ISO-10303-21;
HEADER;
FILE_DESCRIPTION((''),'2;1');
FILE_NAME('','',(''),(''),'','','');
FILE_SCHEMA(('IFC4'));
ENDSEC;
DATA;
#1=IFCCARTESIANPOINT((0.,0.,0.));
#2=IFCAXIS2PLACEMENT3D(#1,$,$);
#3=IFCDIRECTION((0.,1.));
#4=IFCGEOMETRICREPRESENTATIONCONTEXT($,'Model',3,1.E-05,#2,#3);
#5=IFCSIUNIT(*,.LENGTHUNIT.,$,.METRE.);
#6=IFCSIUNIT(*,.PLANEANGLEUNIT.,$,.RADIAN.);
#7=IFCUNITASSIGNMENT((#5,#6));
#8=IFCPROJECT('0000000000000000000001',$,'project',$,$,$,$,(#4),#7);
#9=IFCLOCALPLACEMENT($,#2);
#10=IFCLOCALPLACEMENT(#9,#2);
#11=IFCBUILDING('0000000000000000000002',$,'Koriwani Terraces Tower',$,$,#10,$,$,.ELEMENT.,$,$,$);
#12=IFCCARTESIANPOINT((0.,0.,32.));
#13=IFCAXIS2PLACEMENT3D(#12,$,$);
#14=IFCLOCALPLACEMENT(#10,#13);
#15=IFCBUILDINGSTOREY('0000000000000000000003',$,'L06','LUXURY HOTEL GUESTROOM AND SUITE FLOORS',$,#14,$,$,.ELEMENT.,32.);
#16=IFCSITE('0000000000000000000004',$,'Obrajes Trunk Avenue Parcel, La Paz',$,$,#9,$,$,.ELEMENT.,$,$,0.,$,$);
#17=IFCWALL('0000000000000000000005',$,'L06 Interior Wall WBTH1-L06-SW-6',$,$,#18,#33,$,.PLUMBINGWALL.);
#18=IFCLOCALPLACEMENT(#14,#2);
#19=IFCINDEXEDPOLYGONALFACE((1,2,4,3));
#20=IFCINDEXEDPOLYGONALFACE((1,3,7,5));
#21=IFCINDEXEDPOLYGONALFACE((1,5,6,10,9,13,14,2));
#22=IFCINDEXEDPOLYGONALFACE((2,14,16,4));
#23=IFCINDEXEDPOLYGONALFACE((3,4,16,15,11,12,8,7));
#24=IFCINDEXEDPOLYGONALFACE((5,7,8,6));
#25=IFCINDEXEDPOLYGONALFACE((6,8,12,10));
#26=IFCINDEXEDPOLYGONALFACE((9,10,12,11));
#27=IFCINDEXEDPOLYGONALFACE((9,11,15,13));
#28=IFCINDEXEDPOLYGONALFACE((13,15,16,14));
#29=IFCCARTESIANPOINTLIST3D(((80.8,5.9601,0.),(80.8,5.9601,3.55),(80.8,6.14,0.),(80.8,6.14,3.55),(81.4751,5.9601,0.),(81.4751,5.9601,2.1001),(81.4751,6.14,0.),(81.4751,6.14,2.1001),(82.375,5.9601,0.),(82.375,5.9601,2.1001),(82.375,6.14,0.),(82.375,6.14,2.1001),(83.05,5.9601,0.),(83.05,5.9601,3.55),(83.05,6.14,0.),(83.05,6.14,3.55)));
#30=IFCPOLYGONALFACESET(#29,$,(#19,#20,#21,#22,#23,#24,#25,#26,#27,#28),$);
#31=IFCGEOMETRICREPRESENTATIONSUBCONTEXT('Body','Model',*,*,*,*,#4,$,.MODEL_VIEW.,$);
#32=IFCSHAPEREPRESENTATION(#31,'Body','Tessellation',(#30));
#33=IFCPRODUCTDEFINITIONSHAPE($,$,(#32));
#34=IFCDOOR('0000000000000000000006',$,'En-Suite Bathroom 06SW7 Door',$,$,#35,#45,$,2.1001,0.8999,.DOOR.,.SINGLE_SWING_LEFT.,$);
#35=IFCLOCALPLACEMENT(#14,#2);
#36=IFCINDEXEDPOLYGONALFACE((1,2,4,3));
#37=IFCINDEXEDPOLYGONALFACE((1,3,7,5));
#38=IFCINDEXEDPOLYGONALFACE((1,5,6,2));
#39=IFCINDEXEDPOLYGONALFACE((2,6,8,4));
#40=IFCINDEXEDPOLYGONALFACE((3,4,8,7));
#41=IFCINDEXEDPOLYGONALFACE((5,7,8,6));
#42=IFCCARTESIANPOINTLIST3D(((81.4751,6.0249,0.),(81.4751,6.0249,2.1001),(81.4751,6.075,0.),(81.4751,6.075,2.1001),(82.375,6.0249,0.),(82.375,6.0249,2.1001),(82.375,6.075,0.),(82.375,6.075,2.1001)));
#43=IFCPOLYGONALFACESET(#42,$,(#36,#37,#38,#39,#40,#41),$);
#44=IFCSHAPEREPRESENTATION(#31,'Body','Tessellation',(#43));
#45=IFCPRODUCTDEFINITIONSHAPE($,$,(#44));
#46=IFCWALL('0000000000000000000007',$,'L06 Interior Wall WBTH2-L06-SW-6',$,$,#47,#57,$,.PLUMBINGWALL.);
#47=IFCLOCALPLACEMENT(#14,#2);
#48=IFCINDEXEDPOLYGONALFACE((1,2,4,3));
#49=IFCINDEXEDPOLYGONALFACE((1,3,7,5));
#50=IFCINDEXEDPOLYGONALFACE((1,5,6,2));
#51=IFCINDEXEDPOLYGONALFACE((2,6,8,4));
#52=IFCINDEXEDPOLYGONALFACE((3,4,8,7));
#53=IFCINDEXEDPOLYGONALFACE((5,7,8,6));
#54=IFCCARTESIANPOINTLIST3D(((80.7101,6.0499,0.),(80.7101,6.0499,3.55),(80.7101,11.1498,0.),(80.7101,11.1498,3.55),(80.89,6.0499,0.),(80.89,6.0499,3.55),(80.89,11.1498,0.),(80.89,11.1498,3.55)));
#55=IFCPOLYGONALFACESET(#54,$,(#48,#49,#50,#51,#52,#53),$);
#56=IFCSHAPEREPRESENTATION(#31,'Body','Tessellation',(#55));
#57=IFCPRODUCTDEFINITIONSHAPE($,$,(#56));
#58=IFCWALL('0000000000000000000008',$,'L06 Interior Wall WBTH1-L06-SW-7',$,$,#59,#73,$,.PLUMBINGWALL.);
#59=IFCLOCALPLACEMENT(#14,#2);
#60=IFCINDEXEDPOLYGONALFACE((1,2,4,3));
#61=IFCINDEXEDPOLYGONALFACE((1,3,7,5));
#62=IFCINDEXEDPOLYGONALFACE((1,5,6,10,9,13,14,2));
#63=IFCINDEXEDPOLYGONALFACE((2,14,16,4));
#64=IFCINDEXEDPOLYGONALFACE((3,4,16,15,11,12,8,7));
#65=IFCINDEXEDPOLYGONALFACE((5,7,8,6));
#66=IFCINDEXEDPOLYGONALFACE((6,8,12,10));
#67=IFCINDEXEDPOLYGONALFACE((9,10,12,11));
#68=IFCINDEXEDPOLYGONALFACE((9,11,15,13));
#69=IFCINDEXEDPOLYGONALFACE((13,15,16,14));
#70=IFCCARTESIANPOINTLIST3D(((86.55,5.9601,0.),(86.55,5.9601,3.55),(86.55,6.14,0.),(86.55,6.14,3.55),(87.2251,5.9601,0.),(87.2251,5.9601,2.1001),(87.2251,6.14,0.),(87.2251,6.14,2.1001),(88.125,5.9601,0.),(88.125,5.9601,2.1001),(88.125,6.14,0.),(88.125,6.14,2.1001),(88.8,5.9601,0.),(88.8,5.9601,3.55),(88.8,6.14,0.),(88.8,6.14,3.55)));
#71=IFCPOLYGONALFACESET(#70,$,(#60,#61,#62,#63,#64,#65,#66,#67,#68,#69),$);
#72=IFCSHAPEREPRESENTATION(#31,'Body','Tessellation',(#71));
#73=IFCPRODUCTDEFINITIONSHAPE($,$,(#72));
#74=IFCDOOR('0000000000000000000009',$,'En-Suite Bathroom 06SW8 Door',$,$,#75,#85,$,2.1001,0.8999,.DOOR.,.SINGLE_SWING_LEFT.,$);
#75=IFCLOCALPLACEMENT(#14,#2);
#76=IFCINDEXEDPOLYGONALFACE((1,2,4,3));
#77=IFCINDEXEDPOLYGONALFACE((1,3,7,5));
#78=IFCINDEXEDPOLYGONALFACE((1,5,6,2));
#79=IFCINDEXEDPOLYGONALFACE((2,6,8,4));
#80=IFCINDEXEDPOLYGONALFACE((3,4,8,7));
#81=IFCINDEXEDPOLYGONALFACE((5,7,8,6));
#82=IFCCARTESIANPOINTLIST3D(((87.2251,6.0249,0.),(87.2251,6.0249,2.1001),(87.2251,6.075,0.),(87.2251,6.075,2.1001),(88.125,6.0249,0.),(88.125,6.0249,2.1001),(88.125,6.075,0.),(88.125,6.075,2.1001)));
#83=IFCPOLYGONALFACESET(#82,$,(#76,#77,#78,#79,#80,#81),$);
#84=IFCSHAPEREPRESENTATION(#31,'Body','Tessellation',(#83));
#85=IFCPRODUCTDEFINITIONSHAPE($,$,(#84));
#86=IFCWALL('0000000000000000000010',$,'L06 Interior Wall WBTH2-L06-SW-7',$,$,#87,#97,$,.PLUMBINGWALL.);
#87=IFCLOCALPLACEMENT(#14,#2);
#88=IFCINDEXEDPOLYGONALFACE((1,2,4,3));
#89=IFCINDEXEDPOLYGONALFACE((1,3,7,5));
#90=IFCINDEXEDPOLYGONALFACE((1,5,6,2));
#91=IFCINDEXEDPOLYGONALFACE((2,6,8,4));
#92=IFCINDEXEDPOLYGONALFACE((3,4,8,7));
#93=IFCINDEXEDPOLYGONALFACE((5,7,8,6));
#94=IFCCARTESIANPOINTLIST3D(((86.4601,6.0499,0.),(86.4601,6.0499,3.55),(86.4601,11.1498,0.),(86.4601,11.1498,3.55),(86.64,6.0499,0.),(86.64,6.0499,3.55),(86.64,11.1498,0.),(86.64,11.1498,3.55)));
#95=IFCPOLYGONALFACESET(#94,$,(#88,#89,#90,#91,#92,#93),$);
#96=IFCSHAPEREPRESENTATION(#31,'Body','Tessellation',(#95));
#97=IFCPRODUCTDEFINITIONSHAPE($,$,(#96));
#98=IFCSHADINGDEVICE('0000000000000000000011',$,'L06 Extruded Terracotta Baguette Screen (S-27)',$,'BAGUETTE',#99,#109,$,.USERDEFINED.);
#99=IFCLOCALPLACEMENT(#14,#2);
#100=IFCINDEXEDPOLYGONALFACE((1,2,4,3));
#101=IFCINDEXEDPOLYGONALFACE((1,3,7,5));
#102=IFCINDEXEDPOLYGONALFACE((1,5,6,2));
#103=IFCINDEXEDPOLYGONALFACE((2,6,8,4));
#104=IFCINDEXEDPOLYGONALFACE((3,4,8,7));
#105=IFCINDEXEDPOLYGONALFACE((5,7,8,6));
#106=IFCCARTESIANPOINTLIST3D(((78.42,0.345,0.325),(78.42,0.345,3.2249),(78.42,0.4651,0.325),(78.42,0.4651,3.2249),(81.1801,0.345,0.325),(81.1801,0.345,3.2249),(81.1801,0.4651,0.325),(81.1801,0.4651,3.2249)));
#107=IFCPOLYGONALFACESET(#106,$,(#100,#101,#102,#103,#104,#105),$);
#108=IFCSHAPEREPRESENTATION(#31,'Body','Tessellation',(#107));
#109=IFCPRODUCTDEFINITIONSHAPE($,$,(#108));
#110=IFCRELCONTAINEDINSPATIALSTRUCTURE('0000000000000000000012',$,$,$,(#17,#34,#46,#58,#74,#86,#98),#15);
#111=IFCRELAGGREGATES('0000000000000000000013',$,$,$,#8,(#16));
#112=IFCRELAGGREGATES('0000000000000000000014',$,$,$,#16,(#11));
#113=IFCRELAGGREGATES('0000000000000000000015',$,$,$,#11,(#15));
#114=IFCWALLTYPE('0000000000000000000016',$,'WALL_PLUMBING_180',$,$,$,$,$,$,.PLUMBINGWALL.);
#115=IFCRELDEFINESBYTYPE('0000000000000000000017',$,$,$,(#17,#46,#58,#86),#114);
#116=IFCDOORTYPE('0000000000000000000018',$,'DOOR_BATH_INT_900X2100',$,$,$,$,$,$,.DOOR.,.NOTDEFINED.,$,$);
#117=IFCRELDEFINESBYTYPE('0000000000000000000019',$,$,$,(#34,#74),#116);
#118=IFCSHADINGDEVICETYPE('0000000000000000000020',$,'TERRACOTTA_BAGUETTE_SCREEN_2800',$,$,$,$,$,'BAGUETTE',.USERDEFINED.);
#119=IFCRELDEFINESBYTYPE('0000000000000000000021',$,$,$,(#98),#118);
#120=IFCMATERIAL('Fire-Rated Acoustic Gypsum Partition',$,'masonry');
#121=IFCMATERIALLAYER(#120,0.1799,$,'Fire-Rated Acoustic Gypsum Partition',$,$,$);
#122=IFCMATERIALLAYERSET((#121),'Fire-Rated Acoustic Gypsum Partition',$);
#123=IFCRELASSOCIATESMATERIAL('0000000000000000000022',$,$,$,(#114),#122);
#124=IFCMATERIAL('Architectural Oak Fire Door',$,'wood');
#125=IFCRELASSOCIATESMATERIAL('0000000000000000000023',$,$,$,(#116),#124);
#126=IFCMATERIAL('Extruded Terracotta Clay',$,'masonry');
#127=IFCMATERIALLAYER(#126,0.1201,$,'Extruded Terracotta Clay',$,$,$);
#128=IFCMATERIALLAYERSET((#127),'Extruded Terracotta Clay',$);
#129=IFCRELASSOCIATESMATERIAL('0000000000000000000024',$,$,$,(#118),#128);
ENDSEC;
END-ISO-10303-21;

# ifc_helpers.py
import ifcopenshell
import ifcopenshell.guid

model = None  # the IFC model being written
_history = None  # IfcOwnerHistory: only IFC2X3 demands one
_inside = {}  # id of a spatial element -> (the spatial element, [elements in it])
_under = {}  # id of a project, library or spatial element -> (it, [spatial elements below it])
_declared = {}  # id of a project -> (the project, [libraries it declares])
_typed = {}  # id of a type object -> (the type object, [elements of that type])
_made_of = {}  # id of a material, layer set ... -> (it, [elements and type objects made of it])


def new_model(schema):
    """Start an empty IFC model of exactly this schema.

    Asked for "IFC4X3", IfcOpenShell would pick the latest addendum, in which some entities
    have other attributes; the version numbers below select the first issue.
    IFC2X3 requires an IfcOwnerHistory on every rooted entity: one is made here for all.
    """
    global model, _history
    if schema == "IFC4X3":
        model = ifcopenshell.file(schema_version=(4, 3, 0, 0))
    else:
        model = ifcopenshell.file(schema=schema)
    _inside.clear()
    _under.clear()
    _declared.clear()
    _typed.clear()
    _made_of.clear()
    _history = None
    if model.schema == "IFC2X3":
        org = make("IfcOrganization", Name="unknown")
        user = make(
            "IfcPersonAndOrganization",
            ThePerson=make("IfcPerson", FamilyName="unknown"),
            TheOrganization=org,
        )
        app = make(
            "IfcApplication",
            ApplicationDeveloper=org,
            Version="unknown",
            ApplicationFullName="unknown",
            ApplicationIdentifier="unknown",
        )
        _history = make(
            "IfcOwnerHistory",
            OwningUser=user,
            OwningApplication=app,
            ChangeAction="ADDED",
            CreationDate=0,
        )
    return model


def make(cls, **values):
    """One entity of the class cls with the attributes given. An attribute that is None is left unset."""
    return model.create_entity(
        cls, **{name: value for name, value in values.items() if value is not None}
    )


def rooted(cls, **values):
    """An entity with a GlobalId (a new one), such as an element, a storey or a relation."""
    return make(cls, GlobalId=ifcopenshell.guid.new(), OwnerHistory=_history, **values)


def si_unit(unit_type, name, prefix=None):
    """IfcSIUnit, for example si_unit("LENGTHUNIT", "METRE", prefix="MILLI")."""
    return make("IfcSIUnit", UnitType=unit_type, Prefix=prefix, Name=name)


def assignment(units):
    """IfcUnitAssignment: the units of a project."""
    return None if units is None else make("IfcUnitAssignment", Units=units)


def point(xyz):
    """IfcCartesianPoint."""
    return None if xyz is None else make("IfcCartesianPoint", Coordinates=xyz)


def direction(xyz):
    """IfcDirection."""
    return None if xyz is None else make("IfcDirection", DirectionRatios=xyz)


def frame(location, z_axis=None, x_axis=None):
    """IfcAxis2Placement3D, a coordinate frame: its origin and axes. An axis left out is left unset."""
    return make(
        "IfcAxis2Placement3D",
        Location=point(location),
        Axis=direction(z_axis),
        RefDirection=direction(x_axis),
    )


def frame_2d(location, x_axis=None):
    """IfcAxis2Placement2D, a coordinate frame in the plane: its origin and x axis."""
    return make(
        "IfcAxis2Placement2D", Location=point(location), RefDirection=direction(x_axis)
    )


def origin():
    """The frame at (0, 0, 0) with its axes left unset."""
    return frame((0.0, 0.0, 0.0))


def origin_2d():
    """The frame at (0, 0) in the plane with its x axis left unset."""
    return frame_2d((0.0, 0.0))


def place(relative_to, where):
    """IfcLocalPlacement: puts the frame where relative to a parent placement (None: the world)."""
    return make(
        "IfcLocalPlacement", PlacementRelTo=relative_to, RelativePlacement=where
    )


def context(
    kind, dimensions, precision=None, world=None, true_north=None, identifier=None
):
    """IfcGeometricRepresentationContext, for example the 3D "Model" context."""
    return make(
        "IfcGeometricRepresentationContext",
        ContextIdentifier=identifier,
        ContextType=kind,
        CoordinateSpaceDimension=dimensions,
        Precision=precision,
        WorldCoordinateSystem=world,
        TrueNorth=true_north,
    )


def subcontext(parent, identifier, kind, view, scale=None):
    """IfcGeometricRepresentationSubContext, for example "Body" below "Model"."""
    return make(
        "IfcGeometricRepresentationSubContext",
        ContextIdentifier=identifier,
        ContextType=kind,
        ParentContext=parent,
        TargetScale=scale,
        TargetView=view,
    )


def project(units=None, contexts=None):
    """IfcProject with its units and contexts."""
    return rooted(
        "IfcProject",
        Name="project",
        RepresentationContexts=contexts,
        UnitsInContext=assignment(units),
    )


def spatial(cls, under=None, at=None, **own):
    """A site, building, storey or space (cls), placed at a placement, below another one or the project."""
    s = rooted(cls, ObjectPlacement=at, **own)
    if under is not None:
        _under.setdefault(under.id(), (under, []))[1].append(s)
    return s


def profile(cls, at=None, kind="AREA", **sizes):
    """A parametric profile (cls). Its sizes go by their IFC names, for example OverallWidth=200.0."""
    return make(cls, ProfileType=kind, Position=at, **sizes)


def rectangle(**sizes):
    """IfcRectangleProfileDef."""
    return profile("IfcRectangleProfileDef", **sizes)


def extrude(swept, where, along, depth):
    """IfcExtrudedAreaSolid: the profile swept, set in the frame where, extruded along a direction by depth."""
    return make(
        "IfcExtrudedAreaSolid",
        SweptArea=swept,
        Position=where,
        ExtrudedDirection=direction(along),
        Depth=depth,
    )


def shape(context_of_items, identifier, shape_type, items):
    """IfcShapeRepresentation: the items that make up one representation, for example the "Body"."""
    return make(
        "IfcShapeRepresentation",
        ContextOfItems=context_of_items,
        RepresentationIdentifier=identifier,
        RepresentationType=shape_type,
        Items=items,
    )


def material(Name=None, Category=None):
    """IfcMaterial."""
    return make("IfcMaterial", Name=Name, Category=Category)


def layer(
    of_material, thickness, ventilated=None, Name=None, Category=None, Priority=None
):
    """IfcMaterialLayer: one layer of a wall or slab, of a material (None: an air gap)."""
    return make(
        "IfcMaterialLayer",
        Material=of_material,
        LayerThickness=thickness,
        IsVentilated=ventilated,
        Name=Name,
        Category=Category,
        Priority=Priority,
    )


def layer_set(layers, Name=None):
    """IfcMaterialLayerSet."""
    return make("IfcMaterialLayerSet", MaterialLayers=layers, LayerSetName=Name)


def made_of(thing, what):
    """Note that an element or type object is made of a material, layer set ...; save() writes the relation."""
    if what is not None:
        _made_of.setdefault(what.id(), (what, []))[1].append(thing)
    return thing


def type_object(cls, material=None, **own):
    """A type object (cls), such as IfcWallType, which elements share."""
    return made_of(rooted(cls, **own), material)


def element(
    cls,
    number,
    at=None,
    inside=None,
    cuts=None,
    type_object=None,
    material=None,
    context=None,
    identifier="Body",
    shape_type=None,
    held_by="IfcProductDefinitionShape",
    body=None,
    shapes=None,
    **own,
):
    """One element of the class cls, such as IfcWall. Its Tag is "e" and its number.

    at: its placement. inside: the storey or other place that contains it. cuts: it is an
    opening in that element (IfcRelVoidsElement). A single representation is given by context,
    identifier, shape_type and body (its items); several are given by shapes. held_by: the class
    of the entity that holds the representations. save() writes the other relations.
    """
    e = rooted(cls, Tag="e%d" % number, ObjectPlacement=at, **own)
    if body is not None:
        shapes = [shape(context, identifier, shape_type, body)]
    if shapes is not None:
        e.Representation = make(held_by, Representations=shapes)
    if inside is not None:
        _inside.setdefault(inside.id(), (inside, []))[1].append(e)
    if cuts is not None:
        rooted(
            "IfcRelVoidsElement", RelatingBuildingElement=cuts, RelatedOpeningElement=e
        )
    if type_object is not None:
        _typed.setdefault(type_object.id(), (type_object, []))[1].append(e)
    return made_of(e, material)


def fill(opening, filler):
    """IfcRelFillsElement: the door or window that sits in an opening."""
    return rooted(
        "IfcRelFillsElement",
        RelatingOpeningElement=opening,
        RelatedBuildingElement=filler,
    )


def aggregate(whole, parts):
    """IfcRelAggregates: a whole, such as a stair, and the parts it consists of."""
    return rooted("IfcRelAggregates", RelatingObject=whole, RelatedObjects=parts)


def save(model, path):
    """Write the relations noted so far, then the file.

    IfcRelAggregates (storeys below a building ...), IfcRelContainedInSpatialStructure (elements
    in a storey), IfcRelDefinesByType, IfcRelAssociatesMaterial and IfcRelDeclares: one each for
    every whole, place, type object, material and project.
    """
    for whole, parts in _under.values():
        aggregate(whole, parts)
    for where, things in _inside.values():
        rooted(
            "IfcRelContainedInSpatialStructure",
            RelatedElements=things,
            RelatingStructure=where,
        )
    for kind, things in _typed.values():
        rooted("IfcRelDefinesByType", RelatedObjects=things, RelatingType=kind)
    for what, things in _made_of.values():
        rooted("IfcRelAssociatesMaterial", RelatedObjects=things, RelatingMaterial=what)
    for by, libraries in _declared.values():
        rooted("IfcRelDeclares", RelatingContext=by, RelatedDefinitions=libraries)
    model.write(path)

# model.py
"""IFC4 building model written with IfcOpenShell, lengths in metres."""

from ifc_helpers import new_model, si_unit, direction, frame, frame_2d, origin, origin_2d, place, context, subcontext, project, spatial, rectangle, extrude, material, layer, layer_set, type_object, element, fill, save


model = new_model("IFC4")

# Units and contexts
model_context = context("Model", 3, precision=1e-05, world=origin(), true_north=direction((0.0, 1.0)))
body_context = subcontext(model_context, "Body", "Model", "MODEL_VIEW")
ifc_project = project(units=[si_unit("LENGTHUNIT", "METRE"), si_unit("PLANEANGLEUNIT", "RADIAN")], contexts=[model_context])

# Site, building, storey
site_placement = place(None, origin())
site = spatial("IfcSite", under=ifc_project, at=site_placement, Name="Obrajes Trunk Avenue Parcel, La Paz", CompositionType="ELEMENT", RefElevation=0.0)
building_placement = place(site_placement, origin())
building = spatial("IfcBuilding", under=site, at=building_placement, Name="Koriwani Terraces Tower", CompositionType="ELEMENT")
storey_placement = place(building_placement, frame((0.0, 0.0, 32.0)))
storey = spatial("IfcBuildingStorey", under=building, at=storey_placement, Name="L06", Description="LUXURY HOTEL GUESTROOM AND SUITE FLOORS", CompositionType="ELEMENT", Elevation=32.0)

# Wall, opening, door
ifc_material_1 = material(Name="Fire-Rated Acoustic Gypsum Partition", Category="masonry")
ifc_layer_1 = layer(ifc_material_1, 0.1799, Name="Fire-Rated Acoustic Gypsum Partition")
ifc_layer_set_1 = layer_set([ifc_layer_1], Name="Fire-Rated Acoustic Gypsum Partition")
wall_type_1 = type_object("IfcWallType", Name="WALL_PLUMBING_180", PredefinedType="PLUMBINGWALL", material=ifc_layer_set_1)
wall_1_placement = place(storey_placement, frame((80.8, 6.05, 0.0), z_axis=(0.0, 0.0, 1.0), x_axis=(1.0, 0.0, 0.0)))
wall_1 = element("IfcWall", 1, at=wall_1_placement, inside=storey, type_object=wall_type_1, Name="L06 Interior Wall WBTH1-L06-SW-6", PredefinedType="PLUMBINGWALL", context=body_context, shape_type="SweptSolid", body=[
    extrude(rectangle(XDim=2.25, YDim=0.1799, at=frame_2d((1.125, 0.0))), origin(), (0.0, 0.0, 1.0), 3.55),
])
opening_1_placement = place(wall_1_placement, frame((0.675, 0.0, 0.0)))
opening_1 = element("IfcOpeningElement", 2, at=opening_1_placement, cuts=wall_1, PredefinedType="OPENING", context=body_context, shape_type="SweptSolid", body=[
    extrude(rectangle(XDim=0.8999, YDim=2.1001, at=frame_2d((0.45, 1.05))), frame((0.0, 0.1001, 0.0), z_axis=(0.0, -1.0, 0.0), x_axis=(1.0, 0.0, 0.0)), (0.0, 0.0, 1.0), 0.2),
])
ifc_material_2 = material(Name="Architectural Oak Fire Door", Category="wood")
door_type_1 = type_object("IfcDoorType", Name="DOOR_BATH_INT_900X2100", OperationType="NOTDEFINED", PredefinedType="DOOR", material=ifc_material_2)
door_1_placement = place(opening_1_placement, origin())
door_1 = element("IfcDoor", 3, at=door_1_placement, inside=storey, type_object=door_type_1, Name="En-Suite Bathroom 06SW7 Door", OperationType="SINGLE_SWING_LEFT", OverallHeight=2.1001, OverallWidth=0.8999, PredefinedType="DOOR", context=body_context, shape_type="SweptSolid", body=[
    extrude(rectangle(XDim=0.8999, YDim=2.1001, at=frame_2d((0.45, 1.05))), frame((0.0, 0.0249, 0.0), z_axis=(0.0, -1.0, 0.0), x_axis=(1.0, 0.0, 0.0)), (0.0, 0.0, 1.0), 0.05),
])
fill(opening_1, door_1)

# Wall
wall_2_placement = place(storey_placement, frame((80.8, 6.05, 0.0), z_axis=(0.0, 0.0, 1.0), x_axis=(0.0, 1.0, 0.0)))
element("IfcWall", 4, at=wall_2_placement, inside=storey, type_object=wall_type_1, Name="L06 Interior Wall WBTH2-L06-SW-6", PredefinedType="PLUMBINGWALL", context=body_context, shape_type="SweptSolid", body=[
    extrude(rectangle(XDim=5.0999, YDim=0.1799, at=frame_2d((2.5498, 0.0))), origin(), (0.0, 0.0, 1.0), 3.55),
])

# Wall, opening, door
wall_3_placement = place(storey_placement, frame((86.55, 6.05, 0.0), z_axis=(0.0, 0.0, 1.0), x_axis=(1.0, 0.0, 0.0)))
wall_3 = element("IfcWall", 5, at=wall_3_placement, inside=storey, type_object=wall_type_1, Name="L06 Interior Wall WBTH1-L06-SW-7", PredefinedType="PLUMBINGWALL", context=body_context, shape_type="SweptSolid", body=[
    extrude(rectangle(XDim=2.25, YDim=0.1799, at=frame_2d((1.125, 0.0))), origin(), (0.0, 0.0, 1.0), 3.55),
])
opening_2_placement = place(wall_3_placement, frame((0.675, 0.0, 0.0)))
opening_2 = element("IfcOpeningElement", 6, at=opening_2_placement, cuts=wall_3, PredefinedType="OPENING", context=body_context, shape_type="SweptSolid", body=[
    extrude(rectangle(XDim=0.8999, YDim=2.1001, at=frame_2d((0.45, 1.05))), frame((0.0, 0.1001, 0.0), z_axis=(0.0, -1.0, 0.0), x_axis=(1.0, 0.0, 0.0)), (0.0, 0.0, 1.0), 0.2),
])
door_2_placement = place(opening_2_placement, origin())
door_2 = element("IfcDoor", 7, at=door_2_placement, inside=storey, type_object=door_type_1, Name="En-Suite Bathroom 06SW8 Door", OperationType="SINGLE_SWING_LEFT", OverallHeight=2.1001, OverallWidth=0.8999, PredefinedType="DOOR", context=body_context, shape_type="SweptSolid", body=[
    extrude(rectangle(XDim=0.8999, YDim=2.1001, at=frame_2d((0.45, 1.05))), frame((0.0, 0.0249, 0.0), z_axis=(0.0, -1.0, 0.0), x_axis=(1.0, 0.0, 0.0)), (0.0, 0.0, 1.0), 0.05),
])
fill(opening_2, door_2)

# Wall
wall_4_placement = place(storey_placement, frame((86.55, 6.05, 0.0), z_axis=(0.0, 0.0, 1.0), x_axis=(0.0, 1.0, 0.0)))
element("IfcWall", 8, at=wall_4_placement, inside=storey, type_object=wall_type_1, Name="L06 Interior Wall WBTH2-L06-SW-7", PredefinedType="PLUMBINGWALL", context=body_context, shape_type="SweptSolid", body=[
    extrude(rectangle(XDim=5.0999, YDim=0.1799, at=frame_2d((2.5498, 0.0))), origin(), (0.0, 0.0, 1.0), 3.55),
])

# Shading device
ifc_material_3 = material(Name="Extruded Terracotta Clay", Category="masonry")
ifc_layer_2 = layer(ifc_material_3, 0.1201, Name="Extruded Terracotta Clay")
ifc_layer_set_2 = layer_set([ifc_layer_2], Name="Extruded Terracotta Clay")
shading_device_type = type_object("IfcShadingDeviceType", Name="TERRACOTTA_BAGUETTE_SCREEN_2800", ElementType="BAGUETTE", PredefinedType="USERDEFINED", material=ifc_layer_set_2)
shading_device_placement = place(storey_placement, frame((79.8, 0.405, 0.325), z_axis=(0.0, 0.0, 1.0), x_axis=(-1.0, 0.0, 0.0)))
element("IfcShadingDevice", 9, at=shading_device_placement, inside=storey, type_object=shading_device_type, Name="L06 Extruded Terracotta Baguette Screen (S-27)", ObjectType="BAGUETTE", PredefinedType="USERDEFINED", context=body_context, shape_type="SweptSolid", body=[
    extrude(rectangle(XDim=2.76, YDim=0.1201, at=origin_2d()), origin(), (0.0, 0.0, 1.0), 2.8999),
])

save(model, "model.ifc")
